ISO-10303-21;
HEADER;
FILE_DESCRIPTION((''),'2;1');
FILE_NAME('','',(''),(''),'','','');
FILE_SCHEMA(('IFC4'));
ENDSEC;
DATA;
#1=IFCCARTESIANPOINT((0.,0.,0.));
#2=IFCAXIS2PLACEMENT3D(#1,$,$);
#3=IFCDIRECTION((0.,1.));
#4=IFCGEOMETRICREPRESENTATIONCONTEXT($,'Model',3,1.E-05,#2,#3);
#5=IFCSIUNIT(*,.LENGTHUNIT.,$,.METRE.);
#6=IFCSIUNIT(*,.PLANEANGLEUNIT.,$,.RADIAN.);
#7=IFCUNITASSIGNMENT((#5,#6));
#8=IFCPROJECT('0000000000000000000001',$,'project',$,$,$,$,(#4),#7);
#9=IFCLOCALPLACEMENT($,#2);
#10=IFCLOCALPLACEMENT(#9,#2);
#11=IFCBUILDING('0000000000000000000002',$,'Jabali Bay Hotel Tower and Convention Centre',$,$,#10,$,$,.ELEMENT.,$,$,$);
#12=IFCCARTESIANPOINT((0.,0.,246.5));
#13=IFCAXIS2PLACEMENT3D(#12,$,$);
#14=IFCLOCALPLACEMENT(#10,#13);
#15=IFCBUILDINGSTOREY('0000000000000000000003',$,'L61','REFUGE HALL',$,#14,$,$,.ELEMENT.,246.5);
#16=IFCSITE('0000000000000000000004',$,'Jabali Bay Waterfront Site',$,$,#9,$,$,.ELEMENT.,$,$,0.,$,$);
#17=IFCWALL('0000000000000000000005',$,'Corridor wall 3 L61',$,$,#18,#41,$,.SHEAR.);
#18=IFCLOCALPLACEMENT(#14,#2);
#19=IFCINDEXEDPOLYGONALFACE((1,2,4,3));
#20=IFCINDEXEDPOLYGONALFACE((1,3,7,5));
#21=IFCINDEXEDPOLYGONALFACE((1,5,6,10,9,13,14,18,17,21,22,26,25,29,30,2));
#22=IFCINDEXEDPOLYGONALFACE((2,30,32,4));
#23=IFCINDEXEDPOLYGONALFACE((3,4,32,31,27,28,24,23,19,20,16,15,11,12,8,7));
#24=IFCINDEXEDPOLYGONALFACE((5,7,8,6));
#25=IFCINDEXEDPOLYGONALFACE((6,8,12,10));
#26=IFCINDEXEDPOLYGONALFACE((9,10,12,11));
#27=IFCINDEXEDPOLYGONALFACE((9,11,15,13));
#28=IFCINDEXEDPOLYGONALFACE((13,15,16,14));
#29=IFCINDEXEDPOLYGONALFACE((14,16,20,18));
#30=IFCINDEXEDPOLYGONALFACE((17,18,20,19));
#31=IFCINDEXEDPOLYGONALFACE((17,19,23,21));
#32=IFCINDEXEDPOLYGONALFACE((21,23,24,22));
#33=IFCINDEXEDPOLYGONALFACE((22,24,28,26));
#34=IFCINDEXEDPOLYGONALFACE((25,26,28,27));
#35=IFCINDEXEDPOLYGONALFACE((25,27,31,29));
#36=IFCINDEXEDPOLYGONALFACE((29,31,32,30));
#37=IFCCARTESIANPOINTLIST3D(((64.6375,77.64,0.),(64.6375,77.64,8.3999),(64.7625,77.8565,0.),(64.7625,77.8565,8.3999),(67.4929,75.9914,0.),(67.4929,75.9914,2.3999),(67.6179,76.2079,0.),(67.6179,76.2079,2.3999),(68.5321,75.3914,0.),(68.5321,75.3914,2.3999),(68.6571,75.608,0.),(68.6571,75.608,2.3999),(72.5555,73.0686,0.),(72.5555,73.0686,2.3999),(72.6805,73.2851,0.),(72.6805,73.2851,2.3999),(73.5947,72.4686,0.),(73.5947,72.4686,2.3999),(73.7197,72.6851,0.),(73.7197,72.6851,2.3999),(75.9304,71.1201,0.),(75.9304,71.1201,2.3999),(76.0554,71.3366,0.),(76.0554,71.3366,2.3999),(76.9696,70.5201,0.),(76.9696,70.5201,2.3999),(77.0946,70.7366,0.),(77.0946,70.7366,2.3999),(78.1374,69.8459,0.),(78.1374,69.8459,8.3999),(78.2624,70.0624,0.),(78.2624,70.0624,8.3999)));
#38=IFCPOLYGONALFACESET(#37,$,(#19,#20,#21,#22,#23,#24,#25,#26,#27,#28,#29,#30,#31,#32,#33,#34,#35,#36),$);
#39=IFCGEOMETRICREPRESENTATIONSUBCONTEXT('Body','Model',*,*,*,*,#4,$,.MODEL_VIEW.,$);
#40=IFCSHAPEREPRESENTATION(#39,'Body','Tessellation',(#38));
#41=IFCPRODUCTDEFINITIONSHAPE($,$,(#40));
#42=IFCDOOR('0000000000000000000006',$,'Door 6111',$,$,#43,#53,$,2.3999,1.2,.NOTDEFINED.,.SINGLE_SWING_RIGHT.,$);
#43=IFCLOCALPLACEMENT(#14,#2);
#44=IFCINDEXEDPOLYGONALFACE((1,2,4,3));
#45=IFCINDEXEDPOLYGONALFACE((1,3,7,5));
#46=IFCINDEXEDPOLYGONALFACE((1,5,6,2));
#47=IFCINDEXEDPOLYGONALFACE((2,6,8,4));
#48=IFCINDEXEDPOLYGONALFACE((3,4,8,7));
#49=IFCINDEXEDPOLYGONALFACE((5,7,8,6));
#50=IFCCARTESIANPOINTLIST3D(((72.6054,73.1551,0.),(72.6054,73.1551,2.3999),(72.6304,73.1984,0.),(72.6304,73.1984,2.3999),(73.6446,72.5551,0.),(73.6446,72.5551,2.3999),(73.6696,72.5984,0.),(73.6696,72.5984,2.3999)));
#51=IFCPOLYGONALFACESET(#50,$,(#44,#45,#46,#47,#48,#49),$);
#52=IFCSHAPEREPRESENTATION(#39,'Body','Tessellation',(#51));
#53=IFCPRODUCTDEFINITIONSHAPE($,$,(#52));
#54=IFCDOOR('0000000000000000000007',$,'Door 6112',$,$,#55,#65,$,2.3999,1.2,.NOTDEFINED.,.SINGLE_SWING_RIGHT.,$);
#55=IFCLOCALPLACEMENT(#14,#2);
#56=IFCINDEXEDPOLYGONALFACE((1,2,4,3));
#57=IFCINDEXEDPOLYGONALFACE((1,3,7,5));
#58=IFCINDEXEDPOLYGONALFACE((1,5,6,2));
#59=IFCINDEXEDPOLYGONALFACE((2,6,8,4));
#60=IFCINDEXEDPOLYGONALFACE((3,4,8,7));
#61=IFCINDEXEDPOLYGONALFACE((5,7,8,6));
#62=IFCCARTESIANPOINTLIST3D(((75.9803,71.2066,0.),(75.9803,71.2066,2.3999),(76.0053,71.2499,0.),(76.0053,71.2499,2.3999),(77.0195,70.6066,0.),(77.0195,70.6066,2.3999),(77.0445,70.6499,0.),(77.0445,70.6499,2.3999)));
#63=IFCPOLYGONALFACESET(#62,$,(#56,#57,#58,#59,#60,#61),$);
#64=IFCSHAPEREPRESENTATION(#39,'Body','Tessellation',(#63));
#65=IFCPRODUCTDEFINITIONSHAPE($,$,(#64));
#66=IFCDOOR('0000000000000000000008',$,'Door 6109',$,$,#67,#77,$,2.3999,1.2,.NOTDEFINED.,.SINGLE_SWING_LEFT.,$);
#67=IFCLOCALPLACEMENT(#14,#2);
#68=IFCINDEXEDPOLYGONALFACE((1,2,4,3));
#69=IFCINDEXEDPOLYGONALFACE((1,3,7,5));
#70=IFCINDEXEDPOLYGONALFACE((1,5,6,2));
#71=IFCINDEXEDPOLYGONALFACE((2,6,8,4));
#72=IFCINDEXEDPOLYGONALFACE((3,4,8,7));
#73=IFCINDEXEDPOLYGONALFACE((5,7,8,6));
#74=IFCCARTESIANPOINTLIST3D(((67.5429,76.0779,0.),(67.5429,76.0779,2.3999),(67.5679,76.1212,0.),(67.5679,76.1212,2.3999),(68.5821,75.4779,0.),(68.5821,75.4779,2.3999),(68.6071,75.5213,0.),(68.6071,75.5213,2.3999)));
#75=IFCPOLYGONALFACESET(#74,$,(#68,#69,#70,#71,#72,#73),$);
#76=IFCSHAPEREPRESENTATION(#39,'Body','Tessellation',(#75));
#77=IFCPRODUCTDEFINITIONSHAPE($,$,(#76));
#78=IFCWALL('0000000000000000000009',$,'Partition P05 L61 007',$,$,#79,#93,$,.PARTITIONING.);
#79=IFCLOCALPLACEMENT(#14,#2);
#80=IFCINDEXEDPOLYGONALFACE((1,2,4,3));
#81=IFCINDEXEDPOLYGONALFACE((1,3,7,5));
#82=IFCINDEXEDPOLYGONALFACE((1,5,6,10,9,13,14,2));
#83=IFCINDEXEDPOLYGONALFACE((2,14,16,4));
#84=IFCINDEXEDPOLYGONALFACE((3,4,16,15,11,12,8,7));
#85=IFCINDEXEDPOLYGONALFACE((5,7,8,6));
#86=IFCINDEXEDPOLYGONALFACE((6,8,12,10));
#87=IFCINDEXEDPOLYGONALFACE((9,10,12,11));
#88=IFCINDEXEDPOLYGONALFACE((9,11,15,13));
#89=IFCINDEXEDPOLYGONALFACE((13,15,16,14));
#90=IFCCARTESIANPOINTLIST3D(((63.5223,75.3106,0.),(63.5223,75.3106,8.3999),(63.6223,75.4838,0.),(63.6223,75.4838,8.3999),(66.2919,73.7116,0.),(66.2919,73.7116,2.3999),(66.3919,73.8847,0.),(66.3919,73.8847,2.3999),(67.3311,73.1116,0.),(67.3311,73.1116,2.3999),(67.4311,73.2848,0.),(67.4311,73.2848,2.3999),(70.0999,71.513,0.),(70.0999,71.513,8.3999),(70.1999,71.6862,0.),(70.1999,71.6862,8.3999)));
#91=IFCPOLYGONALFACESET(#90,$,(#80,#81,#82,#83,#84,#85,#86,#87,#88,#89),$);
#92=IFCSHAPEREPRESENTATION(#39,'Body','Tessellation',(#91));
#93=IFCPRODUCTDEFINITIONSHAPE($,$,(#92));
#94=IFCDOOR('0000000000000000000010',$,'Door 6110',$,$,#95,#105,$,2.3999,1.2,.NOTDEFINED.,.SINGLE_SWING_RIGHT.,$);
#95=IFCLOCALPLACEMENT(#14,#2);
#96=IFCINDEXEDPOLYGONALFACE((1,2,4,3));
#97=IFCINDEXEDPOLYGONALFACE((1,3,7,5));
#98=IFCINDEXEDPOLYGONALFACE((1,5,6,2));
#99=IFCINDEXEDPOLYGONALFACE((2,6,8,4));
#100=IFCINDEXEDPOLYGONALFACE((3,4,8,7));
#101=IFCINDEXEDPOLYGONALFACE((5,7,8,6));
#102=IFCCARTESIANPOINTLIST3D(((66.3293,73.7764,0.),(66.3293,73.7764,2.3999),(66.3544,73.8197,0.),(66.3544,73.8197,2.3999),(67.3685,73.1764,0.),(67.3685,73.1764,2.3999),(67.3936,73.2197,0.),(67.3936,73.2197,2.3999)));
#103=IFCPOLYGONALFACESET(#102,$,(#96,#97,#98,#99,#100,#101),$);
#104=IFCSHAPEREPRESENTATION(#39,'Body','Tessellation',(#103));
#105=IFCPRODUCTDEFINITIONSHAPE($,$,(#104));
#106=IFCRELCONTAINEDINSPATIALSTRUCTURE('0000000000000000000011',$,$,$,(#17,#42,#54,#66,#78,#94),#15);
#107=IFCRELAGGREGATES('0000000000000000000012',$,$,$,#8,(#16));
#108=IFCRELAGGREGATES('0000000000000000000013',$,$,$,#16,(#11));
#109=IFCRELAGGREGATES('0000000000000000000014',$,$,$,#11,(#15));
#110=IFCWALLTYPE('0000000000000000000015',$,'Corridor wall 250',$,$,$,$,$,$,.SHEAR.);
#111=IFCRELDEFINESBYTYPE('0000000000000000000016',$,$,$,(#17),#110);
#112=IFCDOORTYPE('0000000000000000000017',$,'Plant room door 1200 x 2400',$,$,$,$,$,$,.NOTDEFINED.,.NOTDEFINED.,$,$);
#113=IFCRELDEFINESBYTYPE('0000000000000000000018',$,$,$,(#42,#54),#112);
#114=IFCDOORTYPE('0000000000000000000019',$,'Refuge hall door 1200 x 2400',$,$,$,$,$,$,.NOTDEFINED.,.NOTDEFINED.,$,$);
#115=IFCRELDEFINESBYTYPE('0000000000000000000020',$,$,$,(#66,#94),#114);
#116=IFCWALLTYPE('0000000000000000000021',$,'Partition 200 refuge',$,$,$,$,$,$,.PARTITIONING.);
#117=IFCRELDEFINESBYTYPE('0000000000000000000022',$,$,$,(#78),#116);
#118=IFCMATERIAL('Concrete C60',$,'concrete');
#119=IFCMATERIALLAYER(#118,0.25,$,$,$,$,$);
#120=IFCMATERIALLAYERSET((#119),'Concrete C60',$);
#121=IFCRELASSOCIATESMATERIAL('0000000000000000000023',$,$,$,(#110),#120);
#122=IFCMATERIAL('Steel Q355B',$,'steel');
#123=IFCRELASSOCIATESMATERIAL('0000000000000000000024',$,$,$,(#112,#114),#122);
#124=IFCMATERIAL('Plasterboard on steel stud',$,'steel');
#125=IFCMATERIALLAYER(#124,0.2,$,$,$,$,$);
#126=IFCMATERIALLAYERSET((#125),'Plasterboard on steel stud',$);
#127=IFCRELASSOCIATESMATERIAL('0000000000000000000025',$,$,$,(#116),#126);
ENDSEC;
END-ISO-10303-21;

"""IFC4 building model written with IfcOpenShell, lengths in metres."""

from ifc_helpers import new_model, si_unit, direction, frame, frame_2d, origin, place, context, subcontext, project, spatial, rectangle, extrude, material, layer, layer_set, type_object, element, fill, save


model = new_model("IFC4")

# Units and contexts
model_context = context("Model", 3, precision=1e-05, world=origin(), true_north=direction((0.0, 1.0)))
body_context = subcontext(model_context, "Body", "Model", "MODEL_VIEW")
ifc_project = project(units=[si_unit("LENGTHUNIT", "METRE"), si_unit("PLANEANGLEUNIT", "RADIAN")], contexts=[model_context])

# Site, building, storey
site_placement = place(None, origin())
site = spatial("IfcSite", under=ifc_project, at=site_placement, Name="Jabali Bay Waterfront Site", CompositionType="ELEMENT", RefElevation=0.0)
building_placement = place(site_placement, origin())
building = spatial("IfcBuilding", under=site, at=building_placement, Name="Jabali Bay Hotel Tower and Convention Centre", CompositionType="ELEMENT")
storey_placement = place(building_placement, frame((0.0, 0.0, 246.5)))
storey = spatial("IfcBuildingStorey", under=building, at=storey_placement, Name="L61", Description="REFUGE HALL", CompositionType="ELEMENT", Elevation=246.5)

# Shared definitions
ifc_material_1 = material(Name="Concrete C60", Category="concrete")

# Wall, openings, doors
ifc_layer_1 = layer(ifc_material_1, 0.25)
ifc_layer_set_1 = layer_set([ifc_layer_1], Name="Concrete C60")
wall_type_1 = type_object("IfcWallType", Name="Corridor wall 250", PredefinedType="SHEAR", material=ifc_layer_set_1)
wall_1_placement = place(storey_placement, frame((64.7, 77.7483, 0.0), z_axis=(0.0, 0.0, 1.0), x_axis=(0.866026, -0.499998, 0.0)))
wall_1 = element("IfcWall", 1, at=wall_1_placement, inside=storey, type_object=wall_type_1, Name="Corridor wall 3 L61", PredefinedType="SHEAR", context=body_context, shape_type="SweptSolid", body=[
    extrude(rectangle(XDim=15.5884, YDim=0.25, at=frame_2d((7.7942, 0.0))), origin(), (0.0, 0.0, 1.0), 8.3999),
])
opening_1_placement = place(wall_1_placement, frame((3.2971, 0.0, 0.0)))
opening_1 = element("IfcOpeningElement", 2, at=opening_1_placement, cuts=wall_1, PredefinedType="OPENING", context=body_context, shape_type="SweptSolid", body=[
    extrude(rectangle(XDim=1.2, YDim=2.3999, at=frame_2d((0.6001, 1.2))), frame((0.0, 0.1355, 0.0), z_axis=(0.0, -1.0, 0.0), x_axis=(1.0, 0.0, 0.0)), (0.0, 0.0, 1.0), 0.271),
])
opening_2_placement = place(wall_1_placement, frame((9.1428, 0.0, 0.0)))
opening_2 = element("IfcOpeningElement", 3, at=opening_2_placement, cuts=wall_1, PredefinedType="OPENING", context=body_context, shape_type="SweptSolid", body=[
    extrude(rectangle(XDim=1.2, YDim=2.3999, at=frame_2d((0.6001, 1.2))), frame((0.0, 0.1355, 0.0), z_axis=(0.0, -1.0, 0.0), x_axis=(1.0, 0.0, 0.0)), (0.0, 0.0, 1.0), 0.271),
])
opening_3_placement = place(wall_1_placement, frame((13.0398, 0.0, 0.0)))
opening_3 = element("IfcOpeningElement", 4, at=opening_3_placement, cuts=wall_1, PredefinedType="OPENING", context=body_context, shape_type="SweptSolid", body=[
    extrude(rectangle(XDim=1.2, YDim=2.3999, at=frame_2d((0.6001, 1.2))), frame((0.0, 0.1355, 0.0), z_axis=(0.0, -1.0, 0.0), x_axis=(1.0, 0.0, 0.0)), (0.0, 0.0, 1.0), 0.271),
])
ifc_material_2 = material(Name="Steel Q355B", Category="steel")
door_type_1 = type_object("IfcDoorType", Name="Plant room door 1200 x 2400", OperationType="NOTDEFINED", PredefinedType="NOTDEFINED", material=ifc_material_2)
door_1_placement = place(opening_2_placement, origin())
door_1 = element("IfcDoor", 5, at=door_1_placement, inside=storey, type_object=door_type_1, Name="Door 6111", OperationType="SINGLE_SWING_RIGHT", OverallHeight=2.3999, OverallWidth=1.2, PredefinedType="NOTDEFINED", context=body_context, shape_type="SweptSolid", body=[
    extrude(rectangle(XDim=1.2, YDim=2.3999, at=frame_2d((0.6001, 1.2))), frame((0.0, 0.0249, 0.0), z_axis=(0.0, -1.0, 0.0), x_axis=(1.0, 0.0, 0.0)), (0.0, 0.0, 1.0), 0.05),
])
fill(opening_2, door_1)
door_2_placement = place(opening_3_placement, origin())
door_2 = element("IfcDoor", 6, at=door_2_placement, inside=storey, type_object=door_type_1, Name="Door 6112", OperationType="SINGLE_SWING_RIGHT", OverallHeight=2.3999, OverallWidth=1.2, PredefinedType="NOTDEFINED", context=body_context, shape_type="SweptSolid", body=[
    extrude(rectangle(XDim=1.2, YDim=2.3999, at=frame_2d((0.6001, 1.2))), frame((0.0, 0.0249, 0.0), z_axis=(0.0, -1.0, 0.0), x_axis=(1.0, 0.0, 0.0)), (0.0, 0.0, 1.0), 0.05),
])
fill(opening_3, door_2)
door_type_2 = type_object("IfcDoorType", Name="Refuge hall door 1200 x 2400", OperationType="NOTDEFINED", PredefinedType="NOTDEFINED", material=ifc_material_2)
door_3_placement = place(opening_1_placement, origin())
door_3 = element("IfcDoor", 7, at=door_3_placement, inside=storey, type_object=door_type_2, Name="Door 6109", OperationType="SINGLE_SWING_LEFT", OverallHeight=2.3999, OverallWidth=1.2, PredefinedType="NOTDEFINED", context=body_context, shape_type="SweptSolid", body=[
    extrude(rectangle(XDim=1.2, YDim=2.3999, at=frame_2d((0.6001, 1.2))), frame((0.0, 0.0249, 0.0), z_axis=(0.0, -1.0, 0.0), x_axis=(1.0, 0.0, 0.0)), (0.0, 0.0, 1.0), 0.05),
])
fill(opening_1, door_3)

# Wall, opening, door
ifc_material_3 = material(Name="Plasterboard on steel stud", Category="steel")
ifc_layer_2 = layer(ifc_material_3, 0.2)
ifc_layer_set_2 = layer_set([ifc_layer_2], Name="Plasterboard on steel stud")
wall_type_2 = type_object("IfcWallType", Name="Partition 200 refuge", PredefinedType="PARTITIONING", material=ifc_layer_set_2)
wall_2_placement = place(storey_placement, frame((63.5723, 75.3972, 0.0), z_axis=(0.0, 0.0, 1.0), x_axis=(0.866025, -0.500001, 0.0)))
wall_2 = element("IfcWall", 8, at=wall_2_placement, inside=storey, type_object=wall_type_2, Name="Partition P05 L61 007", PredefinedType="PARTITIONING", context=body_context, shape_type="SweptSolid", body=[
    extrude(rectangle(XDim=7.5952, YDim=0.2, at=frame_2d((3.7976, 0.0))), origin(), (0.0, 0.0, 1.0), 8.3999),
])
opening_4_placement = place(wall_2_placement, frame((3.198, 0.0, 0.0)))
opening_4 = element("IfcOpeningElement", 9, at=opening_4_placement, cuts=wall_2, PredefinedType="OPENING", context=body_context, shape_type="SweptSolid", body=[
    extrude(rectangle(XDim=1.2, YDim=2.3999, at=frame_2d((0.6001, 1.2))), frame((0.0, 0.1104, 0.0), z_axis=(0.0, -1.0, 0.0), x_axis=(1.0, 0.0, 0.0)), (0.0, 0.0, 1.0), 0.2209),
])
door_4_placement = place(opening_4_placement, origin())
door_4 = element("IfcDoor", 10, at=door_4_placement, inside=storey, type_object=door_type_2, Name="Door 6110", OperationType="SINGLE_SWING_RIGHT", OverallHeight=2.3999, OverallWidth=1.2, PredefinedType="NOTDEFINED", context=body_context, shape_type="SweptSolid", body=[
    extrude(rectangle(XDim=1.2, YDim=2.3999, at=frame_2d((0.6001, 1.2))), frame((0.0, 0.0249, 0.0), z_axis=(0.0, -1.0, 0.0), x_axis=(1.0, 0.0, 0.0)), (0.0, 0.0, 1.0), 0.05),
])
fill(opening_4, door_4)

save(model, "model.ifc")
